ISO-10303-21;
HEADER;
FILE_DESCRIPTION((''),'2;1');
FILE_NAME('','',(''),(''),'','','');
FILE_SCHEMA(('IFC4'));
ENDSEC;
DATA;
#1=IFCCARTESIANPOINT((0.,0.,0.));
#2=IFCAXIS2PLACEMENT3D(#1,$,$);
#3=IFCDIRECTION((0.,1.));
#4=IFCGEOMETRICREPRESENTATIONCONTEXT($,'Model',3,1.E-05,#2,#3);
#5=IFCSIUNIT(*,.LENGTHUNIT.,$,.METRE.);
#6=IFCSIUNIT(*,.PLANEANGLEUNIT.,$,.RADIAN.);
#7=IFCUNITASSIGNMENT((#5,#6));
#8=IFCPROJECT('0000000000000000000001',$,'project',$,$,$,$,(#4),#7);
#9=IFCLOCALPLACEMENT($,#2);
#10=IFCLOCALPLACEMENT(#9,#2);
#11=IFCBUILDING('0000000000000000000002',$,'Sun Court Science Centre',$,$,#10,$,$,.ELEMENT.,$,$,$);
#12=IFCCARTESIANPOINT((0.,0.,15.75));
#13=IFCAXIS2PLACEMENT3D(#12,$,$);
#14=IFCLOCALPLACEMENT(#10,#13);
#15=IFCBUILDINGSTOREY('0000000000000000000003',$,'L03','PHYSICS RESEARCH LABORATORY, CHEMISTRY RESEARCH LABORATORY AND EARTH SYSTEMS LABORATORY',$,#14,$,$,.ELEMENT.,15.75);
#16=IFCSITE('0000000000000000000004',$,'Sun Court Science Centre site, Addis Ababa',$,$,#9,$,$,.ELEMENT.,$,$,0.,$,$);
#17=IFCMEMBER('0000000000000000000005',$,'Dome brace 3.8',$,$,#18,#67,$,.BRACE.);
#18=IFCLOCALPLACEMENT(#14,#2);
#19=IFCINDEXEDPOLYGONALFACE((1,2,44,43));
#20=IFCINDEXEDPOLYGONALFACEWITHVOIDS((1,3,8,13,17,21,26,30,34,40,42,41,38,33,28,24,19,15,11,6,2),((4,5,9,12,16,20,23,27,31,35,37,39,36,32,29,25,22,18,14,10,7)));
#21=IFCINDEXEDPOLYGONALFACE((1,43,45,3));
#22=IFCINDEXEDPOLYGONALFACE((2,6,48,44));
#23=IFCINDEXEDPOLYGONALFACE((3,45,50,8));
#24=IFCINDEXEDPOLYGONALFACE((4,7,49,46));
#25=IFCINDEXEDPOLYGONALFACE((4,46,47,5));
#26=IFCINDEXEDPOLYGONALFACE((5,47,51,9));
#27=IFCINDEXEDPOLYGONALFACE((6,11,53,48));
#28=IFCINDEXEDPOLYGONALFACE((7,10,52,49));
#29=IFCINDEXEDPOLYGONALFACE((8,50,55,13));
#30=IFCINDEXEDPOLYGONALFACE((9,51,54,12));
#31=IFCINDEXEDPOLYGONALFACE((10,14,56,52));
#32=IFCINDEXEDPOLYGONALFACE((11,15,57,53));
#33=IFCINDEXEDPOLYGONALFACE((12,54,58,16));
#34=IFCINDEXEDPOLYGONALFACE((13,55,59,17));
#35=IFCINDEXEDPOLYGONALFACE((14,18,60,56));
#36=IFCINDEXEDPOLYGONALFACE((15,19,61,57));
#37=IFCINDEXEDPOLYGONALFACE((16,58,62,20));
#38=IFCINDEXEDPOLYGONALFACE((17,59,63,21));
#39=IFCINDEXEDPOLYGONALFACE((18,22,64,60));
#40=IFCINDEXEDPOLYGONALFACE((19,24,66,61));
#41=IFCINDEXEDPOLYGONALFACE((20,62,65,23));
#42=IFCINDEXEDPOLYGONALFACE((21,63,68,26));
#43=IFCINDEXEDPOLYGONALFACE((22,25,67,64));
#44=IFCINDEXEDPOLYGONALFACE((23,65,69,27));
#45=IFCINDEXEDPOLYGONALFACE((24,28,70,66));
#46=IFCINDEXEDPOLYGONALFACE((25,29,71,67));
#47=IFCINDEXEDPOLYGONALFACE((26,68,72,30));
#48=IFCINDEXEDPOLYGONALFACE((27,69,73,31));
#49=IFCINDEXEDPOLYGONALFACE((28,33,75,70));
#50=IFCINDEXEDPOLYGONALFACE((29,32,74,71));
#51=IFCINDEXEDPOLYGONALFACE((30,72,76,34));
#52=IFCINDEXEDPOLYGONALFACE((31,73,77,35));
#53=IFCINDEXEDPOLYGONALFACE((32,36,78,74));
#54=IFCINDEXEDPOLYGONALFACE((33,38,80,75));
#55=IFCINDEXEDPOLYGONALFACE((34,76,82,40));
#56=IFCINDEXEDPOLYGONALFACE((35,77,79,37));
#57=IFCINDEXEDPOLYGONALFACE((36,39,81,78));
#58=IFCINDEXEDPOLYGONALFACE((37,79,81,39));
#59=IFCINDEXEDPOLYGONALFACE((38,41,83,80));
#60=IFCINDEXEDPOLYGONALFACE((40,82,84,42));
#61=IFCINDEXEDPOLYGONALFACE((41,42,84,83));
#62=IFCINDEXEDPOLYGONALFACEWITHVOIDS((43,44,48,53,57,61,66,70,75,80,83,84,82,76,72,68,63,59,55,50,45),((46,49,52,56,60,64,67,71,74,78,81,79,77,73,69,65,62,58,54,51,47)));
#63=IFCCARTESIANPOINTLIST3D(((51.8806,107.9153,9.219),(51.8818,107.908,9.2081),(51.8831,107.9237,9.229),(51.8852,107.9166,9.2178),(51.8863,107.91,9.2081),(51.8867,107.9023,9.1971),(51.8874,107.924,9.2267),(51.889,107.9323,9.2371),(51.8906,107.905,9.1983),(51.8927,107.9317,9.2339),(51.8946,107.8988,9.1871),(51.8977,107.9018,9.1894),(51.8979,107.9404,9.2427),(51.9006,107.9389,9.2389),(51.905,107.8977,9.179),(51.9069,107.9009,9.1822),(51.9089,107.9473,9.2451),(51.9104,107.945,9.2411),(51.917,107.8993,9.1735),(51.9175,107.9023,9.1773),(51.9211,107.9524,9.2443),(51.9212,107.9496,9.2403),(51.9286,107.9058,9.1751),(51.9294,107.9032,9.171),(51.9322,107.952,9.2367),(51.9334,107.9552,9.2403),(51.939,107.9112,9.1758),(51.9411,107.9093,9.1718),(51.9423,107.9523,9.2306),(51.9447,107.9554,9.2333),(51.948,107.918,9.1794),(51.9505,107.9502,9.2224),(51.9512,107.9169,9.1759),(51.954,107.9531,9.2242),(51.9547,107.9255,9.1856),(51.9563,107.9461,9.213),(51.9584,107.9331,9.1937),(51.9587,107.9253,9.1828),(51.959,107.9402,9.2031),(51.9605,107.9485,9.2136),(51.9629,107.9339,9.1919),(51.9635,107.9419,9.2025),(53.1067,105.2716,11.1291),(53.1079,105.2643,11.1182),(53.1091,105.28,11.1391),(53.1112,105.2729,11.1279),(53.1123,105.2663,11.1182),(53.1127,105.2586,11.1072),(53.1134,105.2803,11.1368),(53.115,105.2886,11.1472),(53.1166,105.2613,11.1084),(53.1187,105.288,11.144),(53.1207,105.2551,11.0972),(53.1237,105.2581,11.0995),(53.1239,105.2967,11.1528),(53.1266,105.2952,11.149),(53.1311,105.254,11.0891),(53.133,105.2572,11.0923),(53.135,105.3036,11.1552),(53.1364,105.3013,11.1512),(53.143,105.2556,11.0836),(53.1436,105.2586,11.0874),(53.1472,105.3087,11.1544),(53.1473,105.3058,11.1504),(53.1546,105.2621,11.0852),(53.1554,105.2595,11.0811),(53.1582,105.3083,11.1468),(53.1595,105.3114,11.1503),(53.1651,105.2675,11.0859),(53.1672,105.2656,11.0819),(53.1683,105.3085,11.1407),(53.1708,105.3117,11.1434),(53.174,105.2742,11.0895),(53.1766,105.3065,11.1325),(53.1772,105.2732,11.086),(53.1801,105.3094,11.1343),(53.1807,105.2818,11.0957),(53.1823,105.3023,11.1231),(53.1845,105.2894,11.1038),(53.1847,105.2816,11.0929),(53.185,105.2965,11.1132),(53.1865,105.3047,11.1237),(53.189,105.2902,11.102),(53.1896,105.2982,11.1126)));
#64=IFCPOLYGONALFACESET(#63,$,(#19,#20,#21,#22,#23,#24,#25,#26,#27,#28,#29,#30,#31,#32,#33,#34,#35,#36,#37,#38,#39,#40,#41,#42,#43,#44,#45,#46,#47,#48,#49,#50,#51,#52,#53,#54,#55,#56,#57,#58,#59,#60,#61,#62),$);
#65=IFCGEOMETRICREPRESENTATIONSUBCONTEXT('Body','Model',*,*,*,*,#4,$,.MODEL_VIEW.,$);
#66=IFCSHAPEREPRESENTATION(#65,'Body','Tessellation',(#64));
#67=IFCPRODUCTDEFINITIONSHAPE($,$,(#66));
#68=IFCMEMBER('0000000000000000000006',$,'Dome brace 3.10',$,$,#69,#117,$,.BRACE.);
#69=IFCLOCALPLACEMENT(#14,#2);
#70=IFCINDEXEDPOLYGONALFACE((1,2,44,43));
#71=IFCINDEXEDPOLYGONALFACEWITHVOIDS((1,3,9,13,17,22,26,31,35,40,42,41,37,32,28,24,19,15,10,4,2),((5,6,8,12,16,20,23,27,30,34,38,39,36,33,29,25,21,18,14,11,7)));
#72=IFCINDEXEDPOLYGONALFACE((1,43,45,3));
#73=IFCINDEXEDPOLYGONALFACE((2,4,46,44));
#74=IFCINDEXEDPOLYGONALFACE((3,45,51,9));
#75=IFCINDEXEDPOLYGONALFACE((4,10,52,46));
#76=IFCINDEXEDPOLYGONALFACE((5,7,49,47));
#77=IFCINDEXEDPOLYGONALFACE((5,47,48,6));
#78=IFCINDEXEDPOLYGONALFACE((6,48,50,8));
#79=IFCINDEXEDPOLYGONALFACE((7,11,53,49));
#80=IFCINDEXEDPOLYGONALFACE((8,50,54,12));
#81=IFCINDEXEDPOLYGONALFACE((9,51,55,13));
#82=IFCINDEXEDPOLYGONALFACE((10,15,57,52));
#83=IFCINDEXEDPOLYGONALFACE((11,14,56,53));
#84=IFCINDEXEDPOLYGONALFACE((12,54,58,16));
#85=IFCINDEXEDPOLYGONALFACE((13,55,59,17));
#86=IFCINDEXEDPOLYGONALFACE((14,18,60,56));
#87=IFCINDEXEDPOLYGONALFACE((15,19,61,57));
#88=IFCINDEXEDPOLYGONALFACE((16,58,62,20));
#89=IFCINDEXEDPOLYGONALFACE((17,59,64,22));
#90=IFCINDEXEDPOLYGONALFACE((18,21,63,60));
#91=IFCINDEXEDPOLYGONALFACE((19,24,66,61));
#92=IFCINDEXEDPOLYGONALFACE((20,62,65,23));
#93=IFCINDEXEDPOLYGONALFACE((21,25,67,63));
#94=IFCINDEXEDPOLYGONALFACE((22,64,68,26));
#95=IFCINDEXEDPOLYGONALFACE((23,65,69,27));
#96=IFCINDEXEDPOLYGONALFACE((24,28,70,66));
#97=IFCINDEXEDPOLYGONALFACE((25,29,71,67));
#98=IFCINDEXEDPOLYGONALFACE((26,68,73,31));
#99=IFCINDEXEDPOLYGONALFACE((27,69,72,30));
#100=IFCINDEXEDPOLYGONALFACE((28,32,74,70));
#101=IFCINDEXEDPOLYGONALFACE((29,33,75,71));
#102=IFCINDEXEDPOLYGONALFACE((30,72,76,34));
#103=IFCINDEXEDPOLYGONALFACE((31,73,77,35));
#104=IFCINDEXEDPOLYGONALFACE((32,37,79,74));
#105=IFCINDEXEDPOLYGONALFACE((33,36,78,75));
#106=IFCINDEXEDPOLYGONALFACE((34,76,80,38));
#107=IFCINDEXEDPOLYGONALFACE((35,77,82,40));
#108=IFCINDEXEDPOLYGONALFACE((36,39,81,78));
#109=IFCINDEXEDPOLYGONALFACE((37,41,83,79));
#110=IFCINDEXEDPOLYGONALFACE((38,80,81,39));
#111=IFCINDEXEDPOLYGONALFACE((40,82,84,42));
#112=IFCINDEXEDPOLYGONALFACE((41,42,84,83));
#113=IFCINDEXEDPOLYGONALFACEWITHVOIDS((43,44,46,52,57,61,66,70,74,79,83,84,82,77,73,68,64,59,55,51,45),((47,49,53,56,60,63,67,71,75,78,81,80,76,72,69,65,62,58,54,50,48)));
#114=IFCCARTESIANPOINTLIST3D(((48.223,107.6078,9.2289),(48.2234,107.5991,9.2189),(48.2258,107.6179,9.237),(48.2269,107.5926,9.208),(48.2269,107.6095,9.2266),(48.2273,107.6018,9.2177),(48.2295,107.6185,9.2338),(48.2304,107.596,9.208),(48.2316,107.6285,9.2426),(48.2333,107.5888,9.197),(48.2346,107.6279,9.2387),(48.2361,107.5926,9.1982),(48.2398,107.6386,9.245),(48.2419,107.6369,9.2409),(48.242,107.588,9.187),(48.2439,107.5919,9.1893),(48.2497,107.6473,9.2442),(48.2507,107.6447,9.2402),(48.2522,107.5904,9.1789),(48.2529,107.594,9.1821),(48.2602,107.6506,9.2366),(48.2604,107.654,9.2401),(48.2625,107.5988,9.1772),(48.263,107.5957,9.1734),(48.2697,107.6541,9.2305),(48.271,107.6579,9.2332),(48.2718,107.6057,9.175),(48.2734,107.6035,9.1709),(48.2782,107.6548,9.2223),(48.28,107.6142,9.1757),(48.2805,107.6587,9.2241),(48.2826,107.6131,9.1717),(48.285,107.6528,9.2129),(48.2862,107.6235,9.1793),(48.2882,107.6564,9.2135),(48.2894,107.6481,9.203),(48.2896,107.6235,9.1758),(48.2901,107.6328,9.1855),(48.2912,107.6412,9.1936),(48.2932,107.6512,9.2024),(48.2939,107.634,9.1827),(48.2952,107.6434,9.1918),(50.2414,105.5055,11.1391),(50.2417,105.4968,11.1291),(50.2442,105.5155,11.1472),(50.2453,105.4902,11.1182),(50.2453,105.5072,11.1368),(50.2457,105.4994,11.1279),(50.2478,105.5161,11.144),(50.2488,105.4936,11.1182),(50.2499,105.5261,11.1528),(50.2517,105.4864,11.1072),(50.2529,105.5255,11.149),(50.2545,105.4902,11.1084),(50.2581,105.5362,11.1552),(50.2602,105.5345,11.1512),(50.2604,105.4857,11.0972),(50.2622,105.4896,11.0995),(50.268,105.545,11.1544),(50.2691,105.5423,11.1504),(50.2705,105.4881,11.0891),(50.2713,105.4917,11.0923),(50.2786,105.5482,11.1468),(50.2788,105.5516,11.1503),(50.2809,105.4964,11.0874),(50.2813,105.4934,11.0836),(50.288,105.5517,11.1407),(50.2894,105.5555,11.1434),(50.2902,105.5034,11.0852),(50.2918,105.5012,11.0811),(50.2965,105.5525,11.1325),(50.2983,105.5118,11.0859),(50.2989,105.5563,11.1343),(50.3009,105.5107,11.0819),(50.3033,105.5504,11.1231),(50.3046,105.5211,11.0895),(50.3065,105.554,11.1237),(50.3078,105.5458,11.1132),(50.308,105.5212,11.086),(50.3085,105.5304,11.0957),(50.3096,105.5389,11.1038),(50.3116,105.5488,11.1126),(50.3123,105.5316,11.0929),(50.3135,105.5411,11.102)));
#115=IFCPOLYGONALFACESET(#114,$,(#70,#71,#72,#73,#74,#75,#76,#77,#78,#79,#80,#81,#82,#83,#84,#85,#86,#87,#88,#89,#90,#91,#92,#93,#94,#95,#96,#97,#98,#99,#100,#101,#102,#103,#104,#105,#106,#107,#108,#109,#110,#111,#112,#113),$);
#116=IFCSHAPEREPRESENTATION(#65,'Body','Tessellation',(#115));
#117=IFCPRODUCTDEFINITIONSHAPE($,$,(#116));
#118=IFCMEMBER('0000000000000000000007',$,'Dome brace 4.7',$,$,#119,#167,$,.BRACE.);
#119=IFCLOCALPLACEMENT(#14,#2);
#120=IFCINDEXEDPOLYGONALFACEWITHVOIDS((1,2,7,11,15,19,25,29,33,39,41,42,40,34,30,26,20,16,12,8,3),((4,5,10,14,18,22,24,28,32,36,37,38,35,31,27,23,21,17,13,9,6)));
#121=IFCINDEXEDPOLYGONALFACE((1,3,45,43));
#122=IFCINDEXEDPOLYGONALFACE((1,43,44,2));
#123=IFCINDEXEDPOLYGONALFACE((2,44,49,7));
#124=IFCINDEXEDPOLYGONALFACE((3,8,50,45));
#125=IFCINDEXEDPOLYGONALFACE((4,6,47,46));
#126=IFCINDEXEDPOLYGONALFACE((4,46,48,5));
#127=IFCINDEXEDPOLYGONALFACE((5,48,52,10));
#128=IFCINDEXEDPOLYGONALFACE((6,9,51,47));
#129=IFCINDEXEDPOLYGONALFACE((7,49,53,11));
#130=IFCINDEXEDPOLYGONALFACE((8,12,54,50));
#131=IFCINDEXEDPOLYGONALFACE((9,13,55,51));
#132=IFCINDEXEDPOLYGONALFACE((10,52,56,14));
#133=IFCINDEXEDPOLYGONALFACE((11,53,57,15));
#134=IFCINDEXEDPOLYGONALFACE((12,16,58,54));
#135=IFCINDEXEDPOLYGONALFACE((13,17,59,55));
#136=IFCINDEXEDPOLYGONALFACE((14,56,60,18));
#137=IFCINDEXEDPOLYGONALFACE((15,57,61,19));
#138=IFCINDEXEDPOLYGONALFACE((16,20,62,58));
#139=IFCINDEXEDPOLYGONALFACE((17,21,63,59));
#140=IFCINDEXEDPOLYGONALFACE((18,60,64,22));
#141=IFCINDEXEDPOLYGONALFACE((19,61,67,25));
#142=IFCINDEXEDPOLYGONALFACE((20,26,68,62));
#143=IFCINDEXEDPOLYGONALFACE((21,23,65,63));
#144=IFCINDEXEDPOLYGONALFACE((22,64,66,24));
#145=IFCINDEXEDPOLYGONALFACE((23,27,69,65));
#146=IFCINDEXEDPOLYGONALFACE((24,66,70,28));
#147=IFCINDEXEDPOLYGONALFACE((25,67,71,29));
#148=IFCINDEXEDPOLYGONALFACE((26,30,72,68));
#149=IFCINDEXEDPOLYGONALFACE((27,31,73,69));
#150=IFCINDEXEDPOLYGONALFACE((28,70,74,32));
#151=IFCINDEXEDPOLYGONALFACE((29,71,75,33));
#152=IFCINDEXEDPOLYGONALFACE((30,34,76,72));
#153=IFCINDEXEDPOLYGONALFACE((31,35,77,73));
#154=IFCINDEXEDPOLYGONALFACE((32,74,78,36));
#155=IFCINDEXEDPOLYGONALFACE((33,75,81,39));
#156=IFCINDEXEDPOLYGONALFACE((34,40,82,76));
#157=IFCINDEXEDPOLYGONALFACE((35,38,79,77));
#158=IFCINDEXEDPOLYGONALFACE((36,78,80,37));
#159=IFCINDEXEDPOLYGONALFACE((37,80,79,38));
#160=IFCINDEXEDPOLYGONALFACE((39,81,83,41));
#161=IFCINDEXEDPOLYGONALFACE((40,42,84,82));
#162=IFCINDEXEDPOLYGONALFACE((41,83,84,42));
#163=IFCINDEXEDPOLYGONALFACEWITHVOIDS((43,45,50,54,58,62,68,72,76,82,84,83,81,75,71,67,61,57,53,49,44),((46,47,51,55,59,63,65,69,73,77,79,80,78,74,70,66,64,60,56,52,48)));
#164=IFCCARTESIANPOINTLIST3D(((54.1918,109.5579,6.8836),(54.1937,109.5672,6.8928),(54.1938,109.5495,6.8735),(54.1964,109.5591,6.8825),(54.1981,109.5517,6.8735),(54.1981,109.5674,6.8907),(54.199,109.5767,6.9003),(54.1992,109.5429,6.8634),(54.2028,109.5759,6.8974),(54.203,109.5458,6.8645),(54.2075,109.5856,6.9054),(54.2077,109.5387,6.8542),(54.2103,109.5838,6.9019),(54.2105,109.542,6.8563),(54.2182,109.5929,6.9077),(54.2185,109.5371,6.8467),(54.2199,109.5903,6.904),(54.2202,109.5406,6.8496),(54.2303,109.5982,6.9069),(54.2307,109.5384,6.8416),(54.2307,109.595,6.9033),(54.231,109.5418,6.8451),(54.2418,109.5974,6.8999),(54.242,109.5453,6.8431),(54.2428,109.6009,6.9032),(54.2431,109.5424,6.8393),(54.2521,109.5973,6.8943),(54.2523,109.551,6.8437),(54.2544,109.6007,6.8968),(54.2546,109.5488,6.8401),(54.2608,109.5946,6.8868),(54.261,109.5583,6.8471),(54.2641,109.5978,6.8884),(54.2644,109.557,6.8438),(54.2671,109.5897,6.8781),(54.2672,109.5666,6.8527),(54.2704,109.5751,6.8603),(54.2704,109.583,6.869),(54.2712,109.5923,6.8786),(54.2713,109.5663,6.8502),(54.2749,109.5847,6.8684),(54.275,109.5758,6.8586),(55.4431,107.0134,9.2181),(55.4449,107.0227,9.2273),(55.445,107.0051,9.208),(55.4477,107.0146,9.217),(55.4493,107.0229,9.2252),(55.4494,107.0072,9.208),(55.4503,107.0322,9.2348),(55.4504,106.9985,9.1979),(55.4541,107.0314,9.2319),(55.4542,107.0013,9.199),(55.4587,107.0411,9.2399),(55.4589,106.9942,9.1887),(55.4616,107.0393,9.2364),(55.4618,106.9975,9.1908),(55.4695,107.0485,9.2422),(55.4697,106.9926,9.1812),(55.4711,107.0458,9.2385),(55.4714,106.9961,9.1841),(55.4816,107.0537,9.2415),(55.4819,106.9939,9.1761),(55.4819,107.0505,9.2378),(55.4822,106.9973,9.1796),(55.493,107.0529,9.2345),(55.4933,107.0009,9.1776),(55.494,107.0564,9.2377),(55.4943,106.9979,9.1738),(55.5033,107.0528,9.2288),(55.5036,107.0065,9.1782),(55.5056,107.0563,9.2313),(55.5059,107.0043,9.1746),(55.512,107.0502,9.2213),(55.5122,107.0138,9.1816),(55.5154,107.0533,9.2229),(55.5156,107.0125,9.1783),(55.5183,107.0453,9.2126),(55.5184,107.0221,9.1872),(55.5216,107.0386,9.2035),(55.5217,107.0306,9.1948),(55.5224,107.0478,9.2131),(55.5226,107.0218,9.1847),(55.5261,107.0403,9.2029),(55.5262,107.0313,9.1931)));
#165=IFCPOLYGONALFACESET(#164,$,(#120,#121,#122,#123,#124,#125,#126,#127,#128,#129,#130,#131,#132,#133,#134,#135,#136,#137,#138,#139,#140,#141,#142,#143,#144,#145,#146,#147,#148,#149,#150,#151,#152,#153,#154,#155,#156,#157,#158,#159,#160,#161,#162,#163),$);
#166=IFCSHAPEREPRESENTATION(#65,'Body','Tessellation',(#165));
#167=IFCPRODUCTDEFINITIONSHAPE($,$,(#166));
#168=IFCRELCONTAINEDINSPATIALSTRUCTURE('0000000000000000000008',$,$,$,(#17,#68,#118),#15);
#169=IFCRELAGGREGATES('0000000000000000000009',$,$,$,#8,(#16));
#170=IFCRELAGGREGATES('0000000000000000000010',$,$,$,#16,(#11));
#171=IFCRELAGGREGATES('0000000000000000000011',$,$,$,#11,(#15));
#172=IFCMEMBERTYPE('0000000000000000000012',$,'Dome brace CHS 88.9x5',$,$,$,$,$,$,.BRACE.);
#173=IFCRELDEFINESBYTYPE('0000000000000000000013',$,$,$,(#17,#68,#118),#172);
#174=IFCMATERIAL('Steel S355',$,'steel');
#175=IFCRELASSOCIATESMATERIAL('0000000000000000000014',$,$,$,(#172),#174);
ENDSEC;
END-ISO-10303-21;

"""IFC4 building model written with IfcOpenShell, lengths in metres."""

from ifc_helpers import new_model, si_unit, direction, frame, origin, origin_2d, place, context, subcontext, project, spatial, hollow_circle, extrude, material, material_profile, profile_set, type_object, element, save


model = new_model("IFC4")

# Units and contexts
model_context = context("Model", 3, precision=1e-05, world=origin(), true_north=direction((0.0, 1.0)))
body_context = subcontext(model_context, "Body", "Model", "MODEL_VIEW")
ifc_project = project(units=[si_unit("LENGTHUNIT", "METRE"), si_unit("PLANEANGLEUNIT", "RADIAN")], contexts=[model_context])

# Site, building, storey
site_placement = place(None, origin())
site = spatial("IfcSite", under=ifc_project, at=site_placement, Name="Sun Court Science Centre site, Addis Ababa", CompositionType="ELEMENT", RefElevation=0.0)
building_placement = place(site_placement, origin())
building = spatial("IfcBuilding", under=site, at=building_placement, Name="Sun Court Science Centre", CompositionType="ELEMENT")
storey_placement = place(building_placement, frame((0.0, 0.0, 15.75)))
storey = spatial("IfcBuildingStorey", under=building, at=storey_placement, Name="L03", Description="PHYSICS RESEARCH LABORATORY, CHEMISTRY RESEARCH LABORATORY AND EARTH SYSTEMS LABORATORY", CompositionType="ELEMENT", Elevation=15.75)

# Members
ifc_material_1 = material(Name="Steel S355", Category="steel")
ifc_material_profile_1 = material_profile(ifc_material_1, hollow_circle(Radius=0.0444, WallThickness=0.0049, at=origin_2d()), Name="CHS 88.9x5")
ifc_profile_set_1 = profile_set([ifc_material_profile_1], Name="Steel S355")
member_type_1 = type_object("IfcMemberType", Name="Dome brace CHS 88.9x5", PredefinedType="BRACE", material=ifc_profile_set_1)
member_1_placement = place(storey_placement, frame((53.1482, 105.283, 11.1182), z_axis=(-0.351867, 0.758735, -0.548189), x_axis=(-0.907193, -0.420715, 0.0)))
element("IfcMember", 1, at=member_1_placement, inside=storey, type_object=member_type_1, Name="Dome brace 3.8", PredefinedType="BRACE", context=body_context, shape_type="SweptSolid", body=[
    extrude(hollow_circle(Radius=0.0444, WallThickness=0.0049, at=origin_2d()), origin(), (0.0, 0.0, 1.0), 3.4844),
])
member_2_placement = place(storey_placement, frame((50.2773, 105.521, 11.1182), z_axis=(-0.579221, 0.603323, -0.548183), x_axis=(-0.721369, -0.692551, 0.0)))
element("IfcMember", 2, at=member_2_placement, inside=storey, type_object=member_type_1, Name="Dome brace 3.10", PredefinedType="BRACE", context=body_context, shape_type="SweptSolid", body=[
    extrude(hollow_circle(Radius=0.0444, WallThickness=0.0049, at=origin_2d()), origin(), (0.0, 0.0, 1.0), 3.4846),
])
for number, where, z_axis, x_axis, name in (
    (3, (55.4849, 107.0247, 9.208), (-0.340672, 0.692778, -0.635611), (-0.89737, -0.44128, 0.0), "Dome brace 4.7"),
):
    element("IfcMember", number, at=place(storey_placement, frame(where, z_axis=z_axis, x_axis=x_axis)), inside=storey, type_object=member_type_1, Name=name, PredefinedType="BRACE", context=body_context, shape_type="SweptSolid", body=[
        extrude(hollow_circle(Radius=0.0444, WallThickness=0.0049, at=origin_2d()), origin(), (0.0, 0.0, 1.0), 3.6729),
    ])

save(model, "model.ifc")
